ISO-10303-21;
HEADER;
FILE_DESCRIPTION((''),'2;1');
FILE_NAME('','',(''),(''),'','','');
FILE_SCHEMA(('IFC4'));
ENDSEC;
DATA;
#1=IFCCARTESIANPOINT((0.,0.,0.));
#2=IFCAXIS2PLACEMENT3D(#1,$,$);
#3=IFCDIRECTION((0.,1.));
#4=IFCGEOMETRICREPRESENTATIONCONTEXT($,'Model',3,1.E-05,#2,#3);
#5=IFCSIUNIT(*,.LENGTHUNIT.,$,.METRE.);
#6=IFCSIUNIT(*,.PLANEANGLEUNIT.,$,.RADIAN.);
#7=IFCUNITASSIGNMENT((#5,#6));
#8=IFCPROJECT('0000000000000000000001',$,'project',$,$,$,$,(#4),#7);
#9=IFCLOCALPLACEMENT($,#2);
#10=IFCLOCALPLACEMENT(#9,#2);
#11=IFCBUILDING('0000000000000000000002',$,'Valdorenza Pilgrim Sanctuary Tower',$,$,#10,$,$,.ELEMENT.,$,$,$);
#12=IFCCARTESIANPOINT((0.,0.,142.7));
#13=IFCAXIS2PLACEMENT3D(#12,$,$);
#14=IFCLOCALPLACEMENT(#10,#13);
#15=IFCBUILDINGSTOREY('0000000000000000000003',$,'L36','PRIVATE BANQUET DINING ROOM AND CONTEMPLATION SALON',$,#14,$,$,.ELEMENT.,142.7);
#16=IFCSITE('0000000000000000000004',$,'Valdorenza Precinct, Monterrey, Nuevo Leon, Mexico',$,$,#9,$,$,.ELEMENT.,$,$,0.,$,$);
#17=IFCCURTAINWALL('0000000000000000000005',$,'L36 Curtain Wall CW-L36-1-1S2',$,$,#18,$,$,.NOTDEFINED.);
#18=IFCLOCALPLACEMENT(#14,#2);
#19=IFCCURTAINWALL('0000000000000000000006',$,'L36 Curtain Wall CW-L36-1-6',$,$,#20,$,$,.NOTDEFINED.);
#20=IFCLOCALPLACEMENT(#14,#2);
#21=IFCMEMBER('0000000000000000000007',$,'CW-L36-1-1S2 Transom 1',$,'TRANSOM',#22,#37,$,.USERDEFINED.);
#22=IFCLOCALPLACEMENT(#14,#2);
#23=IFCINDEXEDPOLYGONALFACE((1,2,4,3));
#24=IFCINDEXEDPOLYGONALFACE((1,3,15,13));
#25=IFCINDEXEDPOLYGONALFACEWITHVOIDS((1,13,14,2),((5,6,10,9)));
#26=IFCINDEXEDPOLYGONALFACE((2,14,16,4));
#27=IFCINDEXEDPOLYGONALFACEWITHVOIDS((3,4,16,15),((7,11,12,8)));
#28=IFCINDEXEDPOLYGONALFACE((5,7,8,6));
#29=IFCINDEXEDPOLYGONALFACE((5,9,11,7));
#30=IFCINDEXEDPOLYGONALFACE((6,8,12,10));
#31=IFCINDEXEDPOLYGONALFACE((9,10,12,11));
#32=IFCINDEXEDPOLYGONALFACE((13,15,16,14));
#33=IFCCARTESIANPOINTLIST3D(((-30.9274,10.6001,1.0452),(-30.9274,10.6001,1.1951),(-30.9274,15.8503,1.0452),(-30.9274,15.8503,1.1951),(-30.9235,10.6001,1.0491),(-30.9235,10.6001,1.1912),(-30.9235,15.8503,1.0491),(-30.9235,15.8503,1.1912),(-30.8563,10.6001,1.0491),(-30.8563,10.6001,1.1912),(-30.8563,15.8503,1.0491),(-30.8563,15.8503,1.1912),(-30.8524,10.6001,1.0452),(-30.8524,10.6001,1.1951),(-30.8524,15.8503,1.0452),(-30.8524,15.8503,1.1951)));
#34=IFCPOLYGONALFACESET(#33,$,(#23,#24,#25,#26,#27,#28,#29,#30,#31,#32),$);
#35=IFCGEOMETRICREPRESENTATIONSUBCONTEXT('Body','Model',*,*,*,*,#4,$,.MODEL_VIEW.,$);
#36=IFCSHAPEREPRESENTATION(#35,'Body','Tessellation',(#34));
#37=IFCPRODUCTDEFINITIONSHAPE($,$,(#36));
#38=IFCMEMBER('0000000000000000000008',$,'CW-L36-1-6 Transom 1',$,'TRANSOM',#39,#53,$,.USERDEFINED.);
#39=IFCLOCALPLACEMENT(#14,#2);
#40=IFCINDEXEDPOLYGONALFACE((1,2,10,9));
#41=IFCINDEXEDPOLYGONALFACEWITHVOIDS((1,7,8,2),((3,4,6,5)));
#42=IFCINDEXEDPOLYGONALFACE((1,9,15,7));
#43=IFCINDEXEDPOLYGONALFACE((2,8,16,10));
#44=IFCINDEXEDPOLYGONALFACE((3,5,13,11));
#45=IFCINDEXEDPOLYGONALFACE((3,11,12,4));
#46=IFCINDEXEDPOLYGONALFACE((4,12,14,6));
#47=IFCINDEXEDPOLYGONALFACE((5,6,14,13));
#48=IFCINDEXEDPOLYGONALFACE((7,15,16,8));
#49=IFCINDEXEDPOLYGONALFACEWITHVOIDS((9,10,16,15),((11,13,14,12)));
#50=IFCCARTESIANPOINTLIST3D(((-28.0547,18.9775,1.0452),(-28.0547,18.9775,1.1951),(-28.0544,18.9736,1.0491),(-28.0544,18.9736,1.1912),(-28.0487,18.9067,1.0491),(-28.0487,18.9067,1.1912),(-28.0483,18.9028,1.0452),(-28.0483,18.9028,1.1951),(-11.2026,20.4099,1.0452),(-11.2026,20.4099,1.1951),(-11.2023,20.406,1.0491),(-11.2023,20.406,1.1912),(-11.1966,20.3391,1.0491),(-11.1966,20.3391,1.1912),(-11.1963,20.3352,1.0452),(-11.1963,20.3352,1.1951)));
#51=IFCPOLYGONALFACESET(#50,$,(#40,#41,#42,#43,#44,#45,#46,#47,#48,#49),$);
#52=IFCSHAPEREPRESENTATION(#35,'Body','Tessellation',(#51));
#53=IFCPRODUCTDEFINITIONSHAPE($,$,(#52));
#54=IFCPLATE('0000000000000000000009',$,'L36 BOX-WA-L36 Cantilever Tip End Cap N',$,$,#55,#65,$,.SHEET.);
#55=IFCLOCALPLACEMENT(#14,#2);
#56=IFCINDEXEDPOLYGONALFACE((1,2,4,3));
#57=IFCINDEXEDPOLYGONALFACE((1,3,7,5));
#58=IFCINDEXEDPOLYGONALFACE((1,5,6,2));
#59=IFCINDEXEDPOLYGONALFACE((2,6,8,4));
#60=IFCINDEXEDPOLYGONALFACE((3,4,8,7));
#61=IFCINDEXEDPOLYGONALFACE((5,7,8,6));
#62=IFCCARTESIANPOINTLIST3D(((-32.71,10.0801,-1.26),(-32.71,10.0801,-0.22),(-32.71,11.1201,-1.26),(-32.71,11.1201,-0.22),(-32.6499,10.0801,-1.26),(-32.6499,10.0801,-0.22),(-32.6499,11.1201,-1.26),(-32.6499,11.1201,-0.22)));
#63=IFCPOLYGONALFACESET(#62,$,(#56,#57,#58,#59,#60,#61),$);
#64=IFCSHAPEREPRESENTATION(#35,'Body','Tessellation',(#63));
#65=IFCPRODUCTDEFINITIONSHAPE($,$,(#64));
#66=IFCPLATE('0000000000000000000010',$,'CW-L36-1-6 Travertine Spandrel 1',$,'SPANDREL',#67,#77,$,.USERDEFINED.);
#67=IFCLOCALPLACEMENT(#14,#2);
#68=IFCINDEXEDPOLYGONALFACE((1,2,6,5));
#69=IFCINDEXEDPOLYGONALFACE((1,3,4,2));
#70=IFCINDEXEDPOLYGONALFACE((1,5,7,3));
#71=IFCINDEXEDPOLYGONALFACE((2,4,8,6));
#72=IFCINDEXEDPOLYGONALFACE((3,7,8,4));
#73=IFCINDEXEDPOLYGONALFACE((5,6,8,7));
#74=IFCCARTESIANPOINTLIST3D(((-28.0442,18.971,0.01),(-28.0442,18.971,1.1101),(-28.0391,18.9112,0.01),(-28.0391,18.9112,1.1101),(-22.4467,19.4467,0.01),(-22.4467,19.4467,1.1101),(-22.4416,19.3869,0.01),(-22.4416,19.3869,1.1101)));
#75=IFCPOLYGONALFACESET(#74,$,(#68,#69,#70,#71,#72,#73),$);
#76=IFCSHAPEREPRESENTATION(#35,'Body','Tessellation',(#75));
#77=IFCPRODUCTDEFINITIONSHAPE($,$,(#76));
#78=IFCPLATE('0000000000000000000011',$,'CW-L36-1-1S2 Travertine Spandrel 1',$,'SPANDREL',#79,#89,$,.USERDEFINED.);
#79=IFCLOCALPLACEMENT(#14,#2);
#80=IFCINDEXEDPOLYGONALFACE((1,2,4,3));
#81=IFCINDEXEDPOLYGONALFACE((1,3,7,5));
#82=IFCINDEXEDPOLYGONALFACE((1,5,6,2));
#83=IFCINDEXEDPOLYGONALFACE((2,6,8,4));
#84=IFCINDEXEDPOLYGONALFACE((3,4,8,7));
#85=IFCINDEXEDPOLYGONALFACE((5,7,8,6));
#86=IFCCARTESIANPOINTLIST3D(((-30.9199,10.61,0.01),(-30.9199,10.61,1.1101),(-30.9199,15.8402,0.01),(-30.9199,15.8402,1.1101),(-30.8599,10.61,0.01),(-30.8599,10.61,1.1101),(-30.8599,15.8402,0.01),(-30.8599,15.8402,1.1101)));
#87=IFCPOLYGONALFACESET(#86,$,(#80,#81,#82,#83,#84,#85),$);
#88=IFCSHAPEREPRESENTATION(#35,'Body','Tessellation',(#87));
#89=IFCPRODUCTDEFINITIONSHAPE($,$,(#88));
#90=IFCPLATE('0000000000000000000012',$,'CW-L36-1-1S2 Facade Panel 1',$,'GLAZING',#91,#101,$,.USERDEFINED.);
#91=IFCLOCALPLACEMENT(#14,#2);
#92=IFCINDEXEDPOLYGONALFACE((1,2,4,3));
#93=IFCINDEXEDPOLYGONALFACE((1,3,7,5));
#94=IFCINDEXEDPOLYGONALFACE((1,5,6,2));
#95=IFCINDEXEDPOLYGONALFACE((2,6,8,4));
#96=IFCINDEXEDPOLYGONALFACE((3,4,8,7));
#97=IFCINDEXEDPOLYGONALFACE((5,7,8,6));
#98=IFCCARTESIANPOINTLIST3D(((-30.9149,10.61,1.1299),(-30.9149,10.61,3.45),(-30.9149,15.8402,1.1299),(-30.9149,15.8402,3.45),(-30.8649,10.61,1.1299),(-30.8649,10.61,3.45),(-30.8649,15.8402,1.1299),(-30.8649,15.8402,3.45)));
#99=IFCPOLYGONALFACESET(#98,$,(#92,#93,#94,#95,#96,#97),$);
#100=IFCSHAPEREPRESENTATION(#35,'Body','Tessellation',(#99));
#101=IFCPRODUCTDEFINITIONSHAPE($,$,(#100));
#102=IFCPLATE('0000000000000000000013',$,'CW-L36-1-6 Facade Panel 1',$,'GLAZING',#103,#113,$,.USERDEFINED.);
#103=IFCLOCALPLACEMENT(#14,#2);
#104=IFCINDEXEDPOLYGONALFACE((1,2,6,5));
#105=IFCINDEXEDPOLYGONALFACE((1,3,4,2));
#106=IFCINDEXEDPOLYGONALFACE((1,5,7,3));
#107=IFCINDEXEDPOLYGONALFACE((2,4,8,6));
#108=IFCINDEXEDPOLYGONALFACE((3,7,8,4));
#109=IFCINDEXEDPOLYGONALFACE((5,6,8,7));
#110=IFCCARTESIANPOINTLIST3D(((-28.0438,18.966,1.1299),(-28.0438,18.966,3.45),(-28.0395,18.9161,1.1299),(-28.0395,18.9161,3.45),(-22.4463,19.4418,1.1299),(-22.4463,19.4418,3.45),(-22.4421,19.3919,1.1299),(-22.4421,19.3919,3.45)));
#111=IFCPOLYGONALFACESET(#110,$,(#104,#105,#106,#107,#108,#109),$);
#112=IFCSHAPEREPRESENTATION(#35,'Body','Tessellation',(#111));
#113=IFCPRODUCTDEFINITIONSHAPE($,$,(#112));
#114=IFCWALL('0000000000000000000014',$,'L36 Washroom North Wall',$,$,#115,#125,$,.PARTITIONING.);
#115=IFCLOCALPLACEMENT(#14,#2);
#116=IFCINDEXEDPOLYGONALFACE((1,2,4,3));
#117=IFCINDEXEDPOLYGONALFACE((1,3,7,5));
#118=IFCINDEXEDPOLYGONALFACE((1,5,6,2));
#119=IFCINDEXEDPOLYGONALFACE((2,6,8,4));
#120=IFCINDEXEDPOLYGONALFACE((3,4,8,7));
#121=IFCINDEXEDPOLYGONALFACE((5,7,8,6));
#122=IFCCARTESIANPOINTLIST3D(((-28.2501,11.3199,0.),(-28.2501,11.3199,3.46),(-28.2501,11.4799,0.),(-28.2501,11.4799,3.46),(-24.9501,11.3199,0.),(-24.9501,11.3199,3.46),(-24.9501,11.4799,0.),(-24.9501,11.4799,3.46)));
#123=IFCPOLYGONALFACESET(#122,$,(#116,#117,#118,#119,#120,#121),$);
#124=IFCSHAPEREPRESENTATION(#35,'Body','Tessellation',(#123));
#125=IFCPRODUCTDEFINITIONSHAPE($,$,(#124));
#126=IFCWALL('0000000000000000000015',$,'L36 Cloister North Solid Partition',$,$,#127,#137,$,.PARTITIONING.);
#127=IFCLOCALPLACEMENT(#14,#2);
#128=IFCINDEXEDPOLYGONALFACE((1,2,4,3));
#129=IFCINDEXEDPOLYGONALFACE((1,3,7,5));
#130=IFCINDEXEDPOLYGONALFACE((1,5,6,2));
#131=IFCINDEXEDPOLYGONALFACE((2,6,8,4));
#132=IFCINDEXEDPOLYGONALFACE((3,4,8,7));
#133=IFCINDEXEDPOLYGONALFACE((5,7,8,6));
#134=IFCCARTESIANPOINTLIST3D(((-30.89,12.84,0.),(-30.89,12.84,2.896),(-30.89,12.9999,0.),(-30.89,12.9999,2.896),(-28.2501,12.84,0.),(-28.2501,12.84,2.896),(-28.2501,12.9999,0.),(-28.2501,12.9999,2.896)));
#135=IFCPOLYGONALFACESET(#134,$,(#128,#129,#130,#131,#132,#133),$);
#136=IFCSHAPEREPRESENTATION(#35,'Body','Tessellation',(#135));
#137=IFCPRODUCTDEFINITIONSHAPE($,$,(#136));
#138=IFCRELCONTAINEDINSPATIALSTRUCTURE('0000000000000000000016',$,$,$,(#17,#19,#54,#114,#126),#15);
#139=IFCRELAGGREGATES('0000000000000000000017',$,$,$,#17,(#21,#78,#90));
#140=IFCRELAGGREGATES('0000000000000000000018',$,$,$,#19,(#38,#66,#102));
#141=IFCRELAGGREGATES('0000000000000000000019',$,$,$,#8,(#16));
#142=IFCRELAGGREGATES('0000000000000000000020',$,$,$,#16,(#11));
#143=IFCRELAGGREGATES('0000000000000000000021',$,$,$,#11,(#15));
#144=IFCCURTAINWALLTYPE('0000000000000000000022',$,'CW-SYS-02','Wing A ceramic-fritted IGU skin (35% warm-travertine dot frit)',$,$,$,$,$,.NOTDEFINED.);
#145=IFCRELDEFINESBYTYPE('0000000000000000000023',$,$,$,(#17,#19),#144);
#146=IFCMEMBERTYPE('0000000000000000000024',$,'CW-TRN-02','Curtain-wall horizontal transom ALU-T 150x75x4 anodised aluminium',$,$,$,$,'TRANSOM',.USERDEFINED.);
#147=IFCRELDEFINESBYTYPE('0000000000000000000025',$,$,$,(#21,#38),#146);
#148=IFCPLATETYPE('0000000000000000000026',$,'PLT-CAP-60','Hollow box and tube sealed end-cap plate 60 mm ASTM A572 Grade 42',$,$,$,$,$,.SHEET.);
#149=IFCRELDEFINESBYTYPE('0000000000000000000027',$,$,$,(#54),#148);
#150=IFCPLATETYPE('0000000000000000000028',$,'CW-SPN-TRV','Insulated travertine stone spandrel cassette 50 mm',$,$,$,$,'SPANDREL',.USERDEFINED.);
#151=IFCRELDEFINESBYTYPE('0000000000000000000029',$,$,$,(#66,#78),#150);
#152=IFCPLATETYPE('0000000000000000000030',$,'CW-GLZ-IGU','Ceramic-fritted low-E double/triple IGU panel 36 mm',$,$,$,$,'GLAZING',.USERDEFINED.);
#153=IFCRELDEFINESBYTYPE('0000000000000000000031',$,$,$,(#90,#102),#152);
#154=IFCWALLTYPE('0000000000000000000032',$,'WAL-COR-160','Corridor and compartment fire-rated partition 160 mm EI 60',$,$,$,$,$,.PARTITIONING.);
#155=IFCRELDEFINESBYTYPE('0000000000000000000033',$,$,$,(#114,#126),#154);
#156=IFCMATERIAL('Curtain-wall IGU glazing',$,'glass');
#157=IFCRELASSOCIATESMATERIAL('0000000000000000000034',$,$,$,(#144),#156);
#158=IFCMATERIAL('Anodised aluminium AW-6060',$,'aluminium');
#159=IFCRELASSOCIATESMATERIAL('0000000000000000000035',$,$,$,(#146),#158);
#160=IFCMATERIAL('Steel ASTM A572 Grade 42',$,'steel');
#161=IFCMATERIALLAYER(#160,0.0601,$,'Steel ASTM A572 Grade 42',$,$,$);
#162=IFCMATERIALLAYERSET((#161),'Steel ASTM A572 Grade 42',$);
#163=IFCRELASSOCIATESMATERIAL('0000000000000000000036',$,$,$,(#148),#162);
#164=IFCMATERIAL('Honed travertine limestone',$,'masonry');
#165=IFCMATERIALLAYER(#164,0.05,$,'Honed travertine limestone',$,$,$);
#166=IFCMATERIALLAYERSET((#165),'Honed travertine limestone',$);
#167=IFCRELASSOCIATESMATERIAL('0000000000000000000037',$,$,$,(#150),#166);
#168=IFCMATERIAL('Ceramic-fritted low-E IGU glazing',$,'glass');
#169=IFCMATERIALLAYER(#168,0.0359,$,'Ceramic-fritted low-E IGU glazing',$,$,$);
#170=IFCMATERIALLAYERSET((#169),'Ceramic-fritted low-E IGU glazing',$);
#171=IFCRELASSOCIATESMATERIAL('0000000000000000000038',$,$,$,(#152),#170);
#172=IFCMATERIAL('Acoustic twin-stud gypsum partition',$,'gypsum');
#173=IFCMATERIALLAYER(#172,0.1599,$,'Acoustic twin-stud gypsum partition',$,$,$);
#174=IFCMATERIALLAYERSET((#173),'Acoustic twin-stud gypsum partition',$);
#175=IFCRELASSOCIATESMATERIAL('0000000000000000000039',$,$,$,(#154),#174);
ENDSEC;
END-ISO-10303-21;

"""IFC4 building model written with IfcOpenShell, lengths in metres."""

from ifc_helpers import new_model, si_unit, direction, frame, frame_2d, origin, origin_2d, place, context, subcontext, project, spatial, rectangle, hollow_rectangle, extrude, source, transform, mapped, material, layer, layer_set, material_profile, profile_set, type_object, element, aggregate, save


model = new_model("IFC4")

# Units and contexts
model_context = context("Model", 3, precision=1e-05, world=origin(), true_north=direction((0.0, 1.0)))
body_context = subcontext(model_context, "Body", "Model", "MODEL_VIEW")
ifc_project = project(units=[si_unit("LENGTHUNIT", "METRE"), si_unit("PLANEANGLEUNIT", "RADIAN")], contexts=[model_context])

# Site, building, storey
site_placement = place(None, origin())
site = spatial("IfcSite", under=ifc_project, at=site_placement, Name="Valdorenza Precinct, Monterrey, Nuevo Leon, Mexico", CompositionType="ELEMENT", RefElevation=0.0)
building_placement = place(site_placement, origin())
building = spatial("IfcBuilding", under=site, at=building_placement, Name="Valdorenza Pilgrim Sanctuary Tower", CompositionType="ELEMENT")
storey_placement = place(building_placement, frame((0.0, 0.0, 142.7)))
storey = spatial("IfcBuildingStorey", under=building, at=storey_placement, Name="L36", Description="PRIVATE BANQUET DINING ROOM AND CONTEMPLATION SALON", CompositionType="ELEMENT", Elevation=142.7)

# Shared definitions
ifc_material_1 = material(Name="Steel ASTM A572 Grade 42", Category="steel")

# Curtain wall
ifc_material_2 = material(Name="Curtain-wall IGU glazing", Category="glass")
curtain_wall_type = type_object("IfcCurtainWallType", Name="CW-SYS-02", Description="Wing A ceramic-fritted IGU skin (35% warm-travertine dot frit)", PredefinedType="NOTDEFINED", material=ifc_material_2)
curtain_wall_1_placement = place(storey_placement, origin())
curtain_wall_1 = element("IfcCurtainWall", 1, at=curtain_wall_1_placement, inside=storey, type_object=curtain_wall_type, Name="L36 Curtain Wall CW-L36-1-1S2", PredefinedType="NOTDEFINED")
ifc_material_3 = material(Name="Anodised aluminium AW-6060", Category="aluminium")

# Curtain wall
curtain_wall_2_placement = place(storey_placement, origin())
curtain_wall_2 = element("IfcCurtainWall", 2, at=curtain_wall_2_placement, inside=storey, type_object=curtain_wall_type, Name="L36 Curtain Wall CW-L36-1-6", PredefinedType="NOTDEFINED")

# Members
ifc_material_profile_1 = material_profile(ifc_material_3, hollow_rectangle(XDim=0.075, YDim=0.1499, WallThickness=0.0039, at=origin_2d()), Name="ALU-T 150x75x4")
ifc_profile_set_1 = profile_set([ifc_material_profile_1], Name="Anodised aluminium AW-6060")
member_type_1 = type_object("IfcMemberType", Name="CW-TRN-02", Description="Curtain-wall horizontal transom ALU-T 150x75x4 anodised aluminium", ElementType="TRANSOM", PredefinedType="USERDEFINED", material=ifc_profile_set_1)
shared_shape_1 = source(origin(), body_context, "Body", "SweptSolid", [
    extrude(hollow_rectangle(XDim=0.075, YDim=0.1499, WallThickness=0.0039, at=origin_2d()), origin(), (0.0, 0.0, 1.0), 5.2502),
])
member_1_placement = place(storey_placement, frame((-30.8899, 10.6001, 1.1201), z_axis=(0.0, 1.0, 0.0), x_axis=(-1.0, 0.0, 0.0)))
member_1 = element("IfcMember", 3, at=member_1_placement, type_object=member_type_1, Name="CW-L36-1-1S2 Transom 1", ObjectType="TRANSOM", PredefinedType="USERDEFINED", context=body_context, shape_type="MappedRepresentation", body=[
    mapped(shared_shape_1, transform((0.0, 0.0, 0.0), x_axis=(1.0, 0.0, 0.0), y_axis=(0.0, 1.0, 0.0), z_axis=(0.0, 0.0, 1.0), scale=1.0)),
])
shared_shape_2 = source(origin(), body_context, "Body", "SweptSolid", [
    extrude(hollow_rectangle(XDim=0.075, YDim=0.1499, WallThickness=0.0039, at=origin_2d()), origin(), (0.0, 0.0, 1.0), 16.9128),
])
member_2_placement = place(storey_placement, frame((-28.0515, 18.9402, 1.1201), z_axis=(0.996407, 0.084692, 0.0), x_axis=(-0.084692, 0.996407, 0.0)))
member_2 = element("IfcMember", 4, at=member_2_placement, type_object=member_type_1, Name="CW-L36-1-6 Transom 1", ObjectType="TRANSOM", PredefinedType="USERDEFINED", context=body_context, shape_type="MappedRepresentation", body=[
    mapped(shared_shape_2, transform((0.0, 0.0, 0.0), x_axis=(1.0, 0.0, 0.0), y_axis=(0.0, 1.0, 0.0), z_axis=(0.0, 0.0, 1.0), scale=1.0)),
])

# Plates
ifc_layer_1 = layer(ifc_material_1, 0.0601, Name="Steel ASTM A572 Grade 42")
ifc_layer_set_1 = layer_set([ifc_layer_1], Name="Steel ASTM A572 Grade 42")
plate_type_1 = type_object("IfcPlateType", Name="PLT-CAP-60", Description="Hollow box and tube sealed end-cap plate 60 mm ASTM A572 Grade 42", PredefinedType="SHEET", material=ifc_layer_set_1)
shared_shape_3 = source(origin(), body_context, "Body", "SweptSolid", [
    extrude(rectangle(XDim=0.0601, YDim=1.04, at=origin_2d()), origin(), (0.0, 0.0, 1.0), 1.04),
])
plate_1_placement = place(storey_placement, frame((-32.6799, 10.6001, -1.26), z_axis=(0.0, 0.0, 1.0), x_axis=(1.0, 0.0, 0.0)))
element("IfcPlate", 5, at=plate_1_placement, inside=storey, type_object=plate_type_1, Name="L36 BOX-WA-L36 Cantilever Tip End Cap N", PredefinedType="SHEET", context=body_context, shape_type="MappedRepresentation", body=[
    mapped(shared_shape_3, transform((0.0, 0.0, 0.0), x_axis=(1.0, 0.0, 0.0), y_axis=(0.0, 1.0, 0.0), z_axis=(0.0, 0.0, 1.0), scale=1.0)),
])
ifc_material_4 = material(Name="Honed travertine limestone", Category="masonry")
ifc_layer_2 = layer(ifc_material_4, 0.05, Name="Honed travertine limestone")
ifc_layer_set_2 = layer_set([ifc_layer_2], Name="Honed travertine limestone")
plate_type_2 = type_object("IfcPlateType", Name="CW-SPN-TRV", Description="Insulated travertine stone spandrel cassette 50 mm", ElementType="SPANDREL", PredefinedType="USERDEFINED", material=ifc_layer_set_2)
shared_shape_4 = source(origin(), body_context, "Body", "SweptSolid", [
    extrude(rectangle(XDim=5.6177, YDim=0.0601, at=origin_2d()), origin(), (0.0, 0.0, 1.0), 1.1001),
])
plate_2_placement = place(storey_placement, frame((-25.2429, 19.179, 0.01), z_axis=(0.0, 0.0, 1.0), x_axis=(0.996408, 0.084687, 0.0)))
plate_2 = element("IfcPlate", 6, at=plate_2_placement, type_object=plate_type_2, Name="CW-L36-1-6 Travertine Spandrel 1", ObjectType="SPANDREL", PredefinedType="USERDEFINED", context=body_context, shape_type="MappedRepresentation", body=[
    mapped(shared_shape_4, transform((0.0, 0.0, 0.0), x_axis=(1.0, 0.0, 0.0), y_axis=(0.0, 1.0, 0.0), z_axis=(0.0, 0.0, 1.0), scale=1.0)),
])
shared_shape_5 = source(origin(), body_context, "Body", "SweptSolid", [
    extrude(rectangle(XDim=5.2302, YDim=0.0601, at=origin_2d()), origin(), (0.0, 0.0, 1.0), 1.1001),
])
plate_3_placement = place(storey_placement, frame((-30.8899, 13.2251, 0.01), z_axis=(0.0, 0.0, 1.0), x_axis=(0.0, 1.0, 0.0)))
plate_3 = element("IfcPlate", 7, at=plate_3_placement, type_object=plate_type_2, Name="CW-L36-1-1S2 Travertine Spandrel 1", ObjectType="SPANDREL", PredefinedType="USERDEFINED", context=body_context, shape_type="MappedRepresentation", body=[
    mapped(shared_shape_5, transform((0.0, 0.0, 0.0), x_axis=(1.0, 0.0, 0.0), y_axis=(0.0, 1.0, 0.0), z_axis=(0.0, 0.0, 1.0), scale=1.0)),
])
ifc_material_5 = material(Name="Ceramic-fritted low-E IGU glazing", Category="glass")
ifc_layer_3 = layer(ifc_material_5, 0.0359, Name="Ceramic-fritted low-E IGU glazing")
ifc_layer_set_3 = layer_set([ifc_layer_3], Name="Ceramic-fritted low-E IGU glazing")
plate_type_3 = type_object("IfcPlateType", Name="CW-GLZ-IGU", Description="Ceramic-fritted low-E double/triple IGU panel 36 mm", ElementType="GLAZING", PredefinedType="USERDEFINED", material=ifc_layer_set_3)
shared_shape_6 = source(origin(), body_context, "Body", "SweptSolid", [
    extrude(rectangle(XDim=5.2302, YDim=0.05, at=origin_2d()), origin(), (0.0, 0.0, 1.0), 2.3201),
])
plate_4_placement = place(storey_placement, frame((-30.8899, 13.2251, 1.1299), z_axis=(0.0, 0.0, 1.0), x_axis=(0.0, 1.0, 0.0)))
plate_4 = element("IfcPlate", 8, at=plate_4_placement, type_object=plate_type_3, Name="CW-L36-1-1S2 Facade Panel 1", ObjectType="GLAZING", PredefinedType="USERDEFINED", context=body_context, shape_type="MappedRepresentation", body=[
    mapped(shared_shape_6, transform((0.0, 0.0, 0.0), x_axis=(1.0, 0.0, 0.0), y_axis=(0.0, 1.0, 0.0), z_axis=(0.0, 0.0, 1.0), scale=1.0)),
])
aggregate(curtain_wall_1, [member_1, plate_3, plate_4])
shared_shape_7 = source(origin(), body_context, "Body", "SweptSolid", [
    extrude(rectangle(XDim=5.6177, YDim=0.05, at=origin_2d()), origin(), (0.0, 0.0, 1.0), 2.3201),
])
plate_5_placement = place(storey_placement, frame((-25.2429, 19.179, 1.1299), z_axis=(0.0, 0.0, 1.0), x_axis=(0.996408, 0.084687, 0.0)))
plate_5 = element("IfcPlate", 9, at=plate_5_placement, type_object=plate_type_3, Name="CW-L36-1-6 Facade Panel 1", ObjectType="GLAZING", PredefinedType="USERDEFINED", context=body_context, shape_type="MappedRepresentation", body=[
    mapped(shared_shape_7, transform((0.0, 0.0, 0.0), x_axis=(1.0, 0.0, 0.0), y_axis=(0.0, 1.0, 0.0), z_axis=(0.0, 0.0, 1.0), scale=1.0)),
])
aggregate(curtain_wall_2, [member_2, plate_2, plate_5])

# Walls
ifc_material_6 = material(Name="Acoustic twin-stud gypsum partition", Category="gypsum")
ifc_layer_4 = layer(ifc_material_6, 0.1599, Name="Acoustic twin-stud gypsum partition")
ifc_layer_set_4 = layer_set([ifc_layer_4], Name="Acoustic twin-stud gypsum partition")
wall_type_1 = type_object("IfcWallType", Name="WAL-COR-160", Description="Corridor and compartment fire-rated partition 160 mm EI 60", PredefinedType="PARTITIONING", material=ifc_layer_set_4)
wall_1_placement = place(storey_placement, frame((-28.25, 11.3999, 0.0), z_axis=(0.0, 0.0, 1.0), x_axis=(1.0, 0.0, 0.0)))
element("IfcWall", 10, at=wall_1_placement, inside=storey, type_object=wall_type_1, Name="L36 Washroom North Wall", PredefinedType="PARTITIONING", context=body_context, shape_type="SweptSolid", body=[
    extrude(rectangle(XDim=3.3, YDim=0.1599, at=frame_2d((1.6499, 0.0))), origin(), (0.0, 0.0, 1.0), 3.46),
])
wall_2_placement = place(storey_placement, frame((-30.8899, 12.9199, 0.0), z_axis=(0.0, 0.0, 1.0), x_axis=(1.0, 0.0, 0.0)))
element("IfcWall", 11, at=wall_2_placement, inside=storey, type_object=wall_type_1, Name="L36 Cloister North Solid Partition", PredefinedType="PARTITIONING", context=body_context, shape_type="SweptSolid", body=[
    extrude(rectangle(XDim=2.6399, YDim=0.1599, at=frame_2d((1.3198, 0.0))), origin(), (0.0, 0.0, 1.0), 2.896),
])

save(model, "model.ifc")
